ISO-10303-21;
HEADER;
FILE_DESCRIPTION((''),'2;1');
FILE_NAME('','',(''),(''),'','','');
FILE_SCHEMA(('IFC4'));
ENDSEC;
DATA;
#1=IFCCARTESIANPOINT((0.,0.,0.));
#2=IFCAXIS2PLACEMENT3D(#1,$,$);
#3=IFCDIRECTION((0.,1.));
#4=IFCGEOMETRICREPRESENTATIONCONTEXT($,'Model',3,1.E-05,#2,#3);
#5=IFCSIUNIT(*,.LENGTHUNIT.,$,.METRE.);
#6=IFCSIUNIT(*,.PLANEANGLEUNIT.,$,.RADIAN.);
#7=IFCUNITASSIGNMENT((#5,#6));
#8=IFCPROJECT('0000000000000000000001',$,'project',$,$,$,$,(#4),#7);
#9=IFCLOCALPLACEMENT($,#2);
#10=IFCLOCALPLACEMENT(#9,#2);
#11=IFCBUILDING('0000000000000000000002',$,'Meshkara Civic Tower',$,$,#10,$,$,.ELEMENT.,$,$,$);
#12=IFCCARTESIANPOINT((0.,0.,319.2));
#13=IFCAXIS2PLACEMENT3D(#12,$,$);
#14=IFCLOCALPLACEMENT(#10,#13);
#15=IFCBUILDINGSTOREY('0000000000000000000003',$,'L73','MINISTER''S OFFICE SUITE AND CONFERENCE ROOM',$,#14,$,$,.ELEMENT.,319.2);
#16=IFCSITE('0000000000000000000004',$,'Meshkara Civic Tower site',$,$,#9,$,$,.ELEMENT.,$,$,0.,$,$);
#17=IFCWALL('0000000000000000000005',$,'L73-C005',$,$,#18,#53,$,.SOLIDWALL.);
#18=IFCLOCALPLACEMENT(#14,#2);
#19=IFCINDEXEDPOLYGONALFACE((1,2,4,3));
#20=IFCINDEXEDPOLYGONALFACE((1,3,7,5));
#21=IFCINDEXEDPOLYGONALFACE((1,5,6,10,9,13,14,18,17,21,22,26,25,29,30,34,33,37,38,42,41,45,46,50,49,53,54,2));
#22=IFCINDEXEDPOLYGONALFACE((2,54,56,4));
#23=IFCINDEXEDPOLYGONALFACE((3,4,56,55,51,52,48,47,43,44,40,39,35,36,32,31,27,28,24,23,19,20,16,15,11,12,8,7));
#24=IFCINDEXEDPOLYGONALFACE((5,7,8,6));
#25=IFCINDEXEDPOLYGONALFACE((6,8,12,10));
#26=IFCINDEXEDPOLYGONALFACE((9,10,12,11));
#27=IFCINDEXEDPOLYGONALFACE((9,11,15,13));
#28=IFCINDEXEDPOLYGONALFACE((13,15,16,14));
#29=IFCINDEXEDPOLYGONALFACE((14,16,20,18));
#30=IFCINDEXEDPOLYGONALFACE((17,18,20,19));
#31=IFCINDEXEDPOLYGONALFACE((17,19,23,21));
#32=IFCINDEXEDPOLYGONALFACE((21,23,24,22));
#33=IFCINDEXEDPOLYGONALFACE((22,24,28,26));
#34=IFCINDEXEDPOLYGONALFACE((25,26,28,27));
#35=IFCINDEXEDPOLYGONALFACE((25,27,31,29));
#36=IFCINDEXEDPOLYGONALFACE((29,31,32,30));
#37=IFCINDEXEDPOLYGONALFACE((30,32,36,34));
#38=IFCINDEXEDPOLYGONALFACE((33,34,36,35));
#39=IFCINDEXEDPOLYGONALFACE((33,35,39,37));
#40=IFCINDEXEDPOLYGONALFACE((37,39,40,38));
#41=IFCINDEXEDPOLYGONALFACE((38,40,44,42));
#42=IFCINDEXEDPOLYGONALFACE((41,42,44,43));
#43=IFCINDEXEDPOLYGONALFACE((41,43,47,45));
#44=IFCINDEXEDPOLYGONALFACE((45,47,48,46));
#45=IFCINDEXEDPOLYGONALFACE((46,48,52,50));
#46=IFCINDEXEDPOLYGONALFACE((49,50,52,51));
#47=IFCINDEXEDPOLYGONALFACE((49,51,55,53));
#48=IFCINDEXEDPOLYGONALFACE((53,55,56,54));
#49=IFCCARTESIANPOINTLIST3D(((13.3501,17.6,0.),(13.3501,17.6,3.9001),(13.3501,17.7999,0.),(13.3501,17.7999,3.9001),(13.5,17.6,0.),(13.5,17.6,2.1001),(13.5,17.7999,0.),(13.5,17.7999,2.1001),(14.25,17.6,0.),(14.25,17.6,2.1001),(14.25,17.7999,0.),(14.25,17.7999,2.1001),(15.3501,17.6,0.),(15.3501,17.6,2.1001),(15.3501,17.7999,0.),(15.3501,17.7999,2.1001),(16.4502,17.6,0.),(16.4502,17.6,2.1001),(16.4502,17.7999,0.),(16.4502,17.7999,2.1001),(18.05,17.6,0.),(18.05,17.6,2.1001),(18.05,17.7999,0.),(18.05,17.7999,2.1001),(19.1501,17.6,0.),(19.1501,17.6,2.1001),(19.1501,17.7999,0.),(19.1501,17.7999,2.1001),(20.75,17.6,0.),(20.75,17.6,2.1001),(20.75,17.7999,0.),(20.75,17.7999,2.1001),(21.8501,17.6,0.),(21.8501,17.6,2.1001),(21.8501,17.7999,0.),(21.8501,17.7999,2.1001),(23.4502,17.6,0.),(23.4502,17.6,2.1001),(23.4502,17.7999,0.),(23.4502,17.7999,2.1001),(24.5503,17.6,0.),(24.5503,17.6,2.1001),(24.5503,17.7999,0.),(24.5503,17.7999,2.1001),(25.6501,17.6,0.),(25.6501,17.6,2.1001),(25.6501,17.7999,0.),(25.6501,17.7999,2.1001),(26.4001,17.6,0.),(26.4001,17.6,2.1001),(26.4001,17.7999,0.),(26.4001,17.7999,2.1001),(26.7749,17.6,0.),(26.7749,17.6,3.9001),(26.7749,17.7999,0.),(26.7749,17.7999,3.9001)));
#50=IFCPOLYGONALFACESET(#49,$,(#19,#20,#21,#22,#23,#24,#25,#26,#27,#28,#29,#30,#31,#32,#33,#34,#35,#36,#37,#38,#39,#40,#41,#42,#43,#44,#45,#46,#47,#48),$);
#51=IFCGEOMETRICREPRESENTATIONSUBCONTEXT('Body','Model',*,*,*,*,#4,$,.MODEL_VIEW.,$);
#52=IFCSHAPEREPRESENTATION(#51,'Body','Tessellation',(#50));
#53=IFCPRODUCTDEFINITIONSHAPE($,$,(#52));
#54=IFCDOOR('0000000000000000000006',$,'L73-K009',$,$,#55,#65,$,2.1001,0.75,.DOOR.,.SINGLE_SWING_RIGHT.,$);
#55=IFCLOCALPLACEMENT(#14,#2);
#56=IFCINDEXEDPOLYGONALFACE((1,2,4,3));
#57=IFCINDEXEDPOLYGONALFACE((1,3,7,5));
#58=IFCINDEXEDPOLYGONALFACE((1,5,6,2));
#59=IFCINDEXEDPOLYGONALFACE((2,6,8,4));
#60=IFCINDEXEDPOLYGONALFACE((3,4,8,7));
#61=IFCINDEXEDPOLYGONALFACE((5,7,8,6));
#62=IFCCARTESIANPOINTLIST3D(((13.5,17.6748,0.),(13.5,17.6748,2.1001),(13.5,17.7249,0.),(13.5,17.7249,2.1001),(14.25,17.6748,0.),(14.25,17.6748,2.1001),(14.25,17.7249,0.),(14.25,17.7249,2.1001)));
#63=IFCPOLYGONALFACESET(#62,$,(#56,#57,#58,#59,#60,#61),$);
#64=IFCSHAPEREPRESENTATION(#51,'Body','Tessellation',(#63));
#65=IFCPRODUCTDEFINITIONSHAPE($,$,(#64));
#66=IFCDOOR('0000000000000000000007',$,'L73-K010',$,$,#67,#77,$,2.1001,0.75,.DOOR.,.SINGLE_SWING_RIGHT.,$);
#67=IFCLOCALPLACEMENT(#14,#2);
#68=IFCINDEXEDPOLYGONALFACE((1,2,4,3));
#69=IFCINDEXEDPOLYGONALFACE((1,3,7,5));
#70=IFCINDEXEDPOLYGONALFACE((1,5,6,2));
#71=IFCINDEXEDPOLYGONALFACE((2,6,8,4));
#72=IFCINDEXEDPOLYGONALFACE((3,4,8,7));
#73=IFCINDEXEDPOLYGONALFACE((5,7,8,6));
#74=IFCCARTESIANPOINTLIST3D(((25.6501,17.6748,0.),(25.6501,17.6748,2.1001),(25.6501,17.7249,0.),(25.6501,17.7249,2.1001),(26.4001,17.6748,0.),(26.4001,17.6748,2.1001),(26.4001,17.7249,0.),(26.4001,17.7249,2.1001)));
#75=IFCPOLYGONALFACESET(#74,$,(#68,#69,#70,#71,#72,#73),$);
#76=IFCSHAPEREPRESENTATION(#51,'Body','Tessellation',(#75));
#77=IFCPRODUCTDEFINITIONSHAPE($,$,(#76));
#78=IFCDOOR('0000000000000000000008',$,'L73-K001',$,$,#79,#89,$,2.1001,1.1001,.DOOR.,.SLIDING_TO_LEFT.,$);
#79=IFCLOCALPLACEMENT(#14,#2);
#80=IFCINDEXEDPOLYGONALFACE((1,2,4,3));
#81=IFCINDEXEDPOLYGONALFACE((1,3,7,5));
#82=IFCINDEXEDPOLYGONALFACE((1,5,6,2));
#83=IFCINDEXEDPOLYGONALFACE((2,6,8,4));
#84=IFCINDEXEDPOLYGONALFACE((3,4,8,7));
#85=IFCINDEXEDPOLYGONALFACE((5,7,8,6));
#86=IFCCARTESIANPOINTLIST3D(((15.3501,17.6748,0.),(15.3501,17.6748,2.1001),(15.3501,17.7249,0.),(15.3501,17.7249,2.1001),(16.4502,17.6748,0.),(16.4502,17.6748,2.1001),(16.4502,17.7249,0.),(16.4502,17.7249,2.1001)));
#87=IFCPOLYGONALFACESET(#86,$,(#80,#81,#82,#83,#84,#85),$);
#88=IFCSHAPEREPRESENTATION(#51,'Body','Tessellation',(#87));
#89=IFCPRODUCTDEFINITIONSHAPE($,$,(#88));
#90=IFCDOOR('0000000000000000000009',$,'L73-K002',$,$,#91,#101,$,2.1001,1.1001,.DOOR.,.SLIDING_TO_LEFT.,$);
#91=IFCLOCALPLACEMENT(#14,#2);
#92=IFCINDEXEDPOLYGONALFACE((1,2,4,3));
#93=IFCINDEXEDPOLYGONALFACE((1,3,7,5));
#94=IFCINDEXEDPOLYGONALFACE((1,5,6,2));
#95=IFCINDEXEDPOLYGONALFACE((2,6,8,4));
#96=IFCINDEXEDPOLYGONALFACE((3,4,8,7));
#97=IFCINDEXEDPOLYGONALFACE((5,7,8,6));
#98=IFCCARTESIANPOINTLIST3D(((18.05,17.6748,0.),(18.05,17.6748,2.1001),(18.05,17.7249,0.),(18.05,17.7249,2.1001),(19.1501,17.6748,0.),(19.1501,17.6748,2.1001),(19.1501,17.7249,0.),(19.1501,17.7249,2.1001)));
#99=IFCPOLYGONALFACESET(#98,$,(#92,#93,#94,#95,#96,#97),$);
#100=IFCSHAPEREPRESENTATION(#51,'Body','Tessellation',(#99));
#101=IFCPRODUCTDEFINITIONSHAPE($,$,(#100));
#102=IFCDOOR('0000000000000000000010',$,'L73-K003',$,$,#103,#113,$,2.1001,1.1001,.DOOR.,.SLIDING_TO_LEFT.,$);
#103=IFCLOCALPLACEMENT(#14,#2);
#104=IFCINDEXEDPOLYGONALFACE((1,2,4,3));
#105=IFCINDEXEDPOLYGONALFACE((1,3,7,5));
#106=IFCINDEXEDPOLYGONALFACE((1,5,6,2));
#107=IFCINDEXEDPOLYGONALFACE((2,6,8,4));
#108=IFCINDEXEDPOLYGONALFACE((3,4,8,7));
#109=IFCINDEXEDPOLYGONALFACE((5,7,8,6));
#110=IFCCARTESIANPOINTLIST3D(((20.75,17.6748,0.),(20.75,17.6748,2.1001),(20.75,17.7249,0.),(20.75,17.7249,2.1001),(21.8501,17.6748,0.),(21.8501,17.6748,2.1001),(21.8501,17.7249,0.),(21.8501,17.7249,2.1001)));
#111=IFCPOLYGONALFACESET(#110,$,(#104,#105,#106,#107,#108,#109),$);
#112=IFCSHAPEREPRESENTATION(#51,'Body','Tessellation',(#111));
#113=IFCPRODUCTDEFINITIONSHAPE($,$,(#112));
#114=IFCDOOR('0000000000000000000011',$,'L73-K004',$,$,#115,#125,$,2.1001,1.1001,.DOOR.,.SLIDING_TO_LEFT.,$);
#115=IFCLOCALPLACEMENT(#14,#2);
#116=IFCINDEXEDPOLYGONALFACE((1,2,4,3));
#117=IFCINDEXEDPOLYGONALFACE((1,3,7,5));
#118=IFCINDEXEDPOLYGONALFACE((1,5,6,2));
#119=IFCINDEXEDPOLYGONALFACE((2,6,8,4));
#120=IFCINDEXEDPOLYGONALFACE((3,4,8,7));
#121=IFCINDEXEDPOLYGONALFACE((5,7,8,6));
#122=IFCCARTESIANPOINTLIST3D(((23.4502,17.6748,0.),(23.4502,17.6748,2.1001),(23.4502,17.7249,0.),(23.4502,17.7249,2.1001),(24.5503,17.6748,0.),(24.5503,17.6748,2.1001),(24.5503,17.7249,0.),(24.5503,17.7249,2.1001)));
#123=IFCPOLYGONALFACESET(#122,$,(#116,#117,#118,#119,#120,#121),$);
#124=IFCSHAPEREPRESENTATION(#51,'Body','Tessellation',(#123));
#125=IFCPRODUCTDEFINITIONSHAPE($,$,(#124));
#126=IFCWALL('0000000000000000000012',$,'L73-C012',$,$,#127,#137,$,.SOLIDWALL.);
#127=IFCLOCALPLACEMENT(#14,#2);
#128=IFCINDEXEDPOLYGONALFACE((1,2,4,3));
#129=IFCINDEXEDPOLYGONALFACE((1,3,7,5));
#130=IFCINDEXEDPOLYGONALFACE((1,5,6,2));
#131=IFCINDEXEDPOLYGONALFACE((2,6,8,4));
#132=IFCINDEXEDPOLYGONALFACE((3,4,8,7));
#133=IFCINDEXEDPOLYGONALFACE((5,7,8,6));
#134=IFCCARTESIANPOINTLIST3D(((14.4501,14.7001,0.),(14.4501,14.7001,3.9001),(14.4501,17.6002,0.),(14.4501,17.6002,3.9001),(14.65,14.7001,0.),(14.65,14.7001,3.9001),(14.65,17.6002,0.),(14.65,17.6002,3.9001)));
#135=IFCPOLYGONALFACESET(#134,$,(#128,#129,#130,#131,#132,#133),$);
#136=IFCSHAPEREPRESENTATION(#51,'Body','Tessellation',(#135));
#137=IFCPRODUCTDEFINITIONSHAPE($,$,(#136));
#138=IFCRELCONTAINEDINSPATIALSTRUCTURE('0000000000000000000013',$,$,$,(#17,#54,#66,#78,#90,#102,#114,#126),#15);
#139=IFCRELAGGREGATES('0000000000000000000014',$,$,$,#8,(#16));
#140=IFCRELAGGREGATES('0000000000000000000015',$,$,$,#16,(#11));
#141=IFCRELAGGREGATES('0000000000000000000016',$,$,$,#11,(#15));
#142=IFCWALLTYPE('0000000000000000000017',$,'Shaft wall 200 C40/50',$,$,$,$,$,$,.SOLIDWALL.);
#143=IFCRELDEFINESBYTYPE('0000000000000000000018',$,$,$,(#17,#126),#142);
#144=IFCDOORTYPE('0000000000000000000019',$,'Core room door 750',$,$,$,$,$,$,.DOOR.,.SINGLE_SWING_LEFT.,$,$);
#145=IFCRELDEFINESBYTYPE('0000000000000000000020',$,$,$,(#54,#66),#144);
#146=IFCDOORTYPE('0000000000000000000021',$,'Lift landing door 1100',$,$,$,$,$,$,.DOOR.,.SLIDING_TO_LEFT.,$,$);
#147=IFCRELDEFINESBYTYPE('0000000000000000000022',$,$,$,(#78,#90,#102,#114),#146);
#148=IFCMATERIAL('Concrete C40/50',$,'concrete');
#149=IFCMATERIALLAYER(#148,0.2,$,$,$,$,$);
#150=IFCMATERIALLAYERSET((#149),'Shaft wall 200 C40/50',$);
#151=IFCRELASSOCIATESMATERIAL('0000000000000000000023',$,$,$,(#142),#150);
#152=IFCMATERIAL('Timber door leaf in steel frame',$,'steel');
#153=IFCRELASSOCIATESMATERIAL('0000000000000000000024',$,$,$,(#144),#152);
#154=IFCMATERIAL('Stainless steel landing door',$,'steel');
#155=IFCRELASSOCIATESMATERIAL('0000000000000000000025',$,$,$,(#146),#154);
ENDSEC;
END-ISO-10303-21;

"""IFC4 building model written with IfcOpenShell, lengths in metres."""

from ifc_helpers import new_model, si_unit, direction, frame, frame_2d, origin, place, context, subcontext, project, spatial, rectangle, extrude, material, layer, layer_set, type_object, element, fill, save


model = new_model("IFC4")

# Units and contexts
model_context = context("Model", 3, precision=1e-05, world=origin(), true_north=direction((0.0, 1.0)))
body_context = subcontext(model_context, "Body", "Model", "MODEL_VIEW")
ifc_project = project(units=[si_unit("LENGTHUNIT", "METRE"), si_unit("PLANEANGLEUNIT", "RADIAN")], contexts=[model_context])

# Site, building, storey
site_placement = place(None, origin())
site = spatial("IfcSite", under=ifc_project, at=site_placement, Name="Meshkara Civic Tower site", CompositionType="ELEMENT", RefElevation=0.0)
building_placement = place(site_placement, origin())
building = spatial("IfcBuilding", under=site, at=building_placement, Name="Meshkara Civic Tower", CompositionType="ELEMENT")
storey_placement = place(building_placement, frame((0.0, 0.0, 319.2)))
storey = spatial("IfcBuildingStorey", under=building, at=storey_placement, Name="L73", Description="MINISTER'S OFFICE SUITE AND CONFERENCE ROOM", CompositionType="ELEMENT", Elevation=319.2)

# Wall, openings, doors
ifc_material_1 = material(Name="Concrete C40/50", Category="concrete")
ifc_layer_1 = layer(ifc_material_1, 0.2)
ifc_layer_set_1 = layer_set([ifc_layer_1], Name="Shaft wall 200 C40/50")
wall_type_1 = type_object("IfcWallType", Name="Shaft wall 200 C40/50", PredefinedType="SOLIDWALL", material=ifc_layer_set_1)
wall_1_placement = place(storey_placement, frame((13.3501, 17.7, 0.0), z_axis=(0.0, 0.0, 1.0), x_axis=(1.0, 0.0, 0.0)))
wall_1 = element("IfcWall", 1, at=wall_1_placement, inside=storey, type_object=wall_type_1, Name="L73-C005", PredefinedType="SOLIDWALL", context=body_context, shape_type="SweptSolid", body=[
    extrude(rectangle(XDim=13.4248, YDim=0.2, at=frame_2d((6.7124, 0.0))), origin(), (0.0, 0.0, 1.0), 3.9001),
])
opening_1_placement = place(wall_1_placement, frame((2.0, 0.0, 0.0)))
opening_1 = element("IfcOpeningElement", 2, at=opening_1_placement, cuts=wall_1, PredefinedType="OPENING", context=body_context, shape_type="SweptSolid", body=[
    extrude(rectangle(XDim=1.1001, YDim=2.1001, at=frame_2d((0.55, 1.05))), frame((0.0, 0.1099, 0.0), z_axis=(0.0, -1.0, 0.0), x_axis=(1.0, 0.0, 0.0)), (0.0, 0.0, 1.0), 0.22),
])
opening_2_placement = place(wall_1_placement, frame((4.7, 0.0, 0.0)))
opening_2 = element("IfcOpeningElement", 3, at=opening_2_placement, cuts=wall_1, PredefinedType="OPENING", context=body_context, shape_type="SweptSolid", body=[
    extrude(rectangle(XDim=1.1001, YDim=2.1001, at=frame_2d((0.55, 1.05))), frame((0.0, 0.1099, 0.0), z_axis=(0.0, -1.0, 0.0), x_axis=(1.0, 0.0, 0.0)), (0.0, 0.0, 1.0), 0.22),
])
opening_3_placement = place(wall_1_placement, frame((7.3999, 0.0, 0.0)))
opening_3 = element("IfcOpeningElement", 4, at=opening_3_placement, cuts=wall_1, PredefinedType="OPENING", context=body_context, shape_type="SweptSolid", body=[
    extrude(rectangle(XDim=1.1001, YDim=2.1001, at=frame_2d((0.55, 1.05))), frame((0.0, 0.1099, 0.0), z_axis=(0.0, -1.0, 0.0), x_axis=(1.0, 0.0, 0.0)), (0.0, 0.0, 1.0), 0.22),
])
opening_4_placement = place(wall_1_placement, frame((10.1001, 0.0, 0.0)))
opening_4 = element("IfcOpeningElement", 5, at=opening_4_placement, cuts=wall_1, PredefinedType="OPENING", context=body_context, shape_type="SweptSolid", body=[
    extrude(rectangle(XDim=1.1001, YDim=2.1001, at=frame_2d((0.55, 1.05))), frame((0.0, 0.1099, 0.0), z_axis=(0.0, -1.0, 0.0), x_axis=(1.0, 0.0, 0.0)), (0.0, 0.0, 1.0), 0.22),
])
opening_5_placement = place(wall_1_placement, frame((0.1499, 0.0, 0.0)))
opening_5 = element("IfcOpeningElement", 6, at=opening_5_placement, cuts=wall_1, PredefinedType="OPENING", context=body_context, shape_type="SweptSolid", body=[
    extrude(rectangle(XDim=0.75, YDim=2.1001, at=frame_2d((0.375, 1.05))), frame((0.0, 0.1099, 0.0), z_axis=(0.0, -1.0, 0.0), x_axis=(1.0, 0.0, 0.0)), (0.0, 0.0, 1.0), 0.22),
])
opening_6_placement = place(wall_1_placement, frame((12.3, 0.0, 0.0)))
opening_6 = element("IfcOpeningElement", 7, at=opening_6_placement, cuts=wall_1, PredefinedType="OPENING", context=body_context, shape_type="SweptSolid", body=[
    extrude(rectangle(XDim=0.75, YDim=2.1001, at=frame_2d((0.375, 1.05))), frame((0.0, 0.1099, 0.0), z_axis=(0.0, -1.0, 0.0), x_axis=(1.0, 0.0, 0.0)), (0.0, 0.0, 1.0), 0.22),
])
ifc_material_2 = material(Name="Timber door leaf in steel frame", Category="steel")
door_type_1 = type_object("IfcDoorType", Name="Core room door 750", OperationType="SINGLE_SWING_LEFT", PredefinedType="DOOR", material=ifc_material_2)
door_1_placement = place(opening_5_placement, origin())
door_1 = element("IfcDoor", 8, at=door_1_placement, inside=storey, type_object=door_type_1, Name="L73-K009", OperationType="SINGLE_SWING_RIGHT", OverallHeight=2.1001, OverallWidth=0.75, PredefinedType="DOOR", context=body_context, shape_type="SweptSolid", body=[
    extrude(rectangle(XDim=0.75, YDim=2.1001, at=frame_2d((0.375, 1.05))), frame((0.0, 0.0249, 0.0), z_axis=(0.0, -1.0, 0.0), x_axis=(1.0, 0.0, 0.0)), (0.0, 0.0, 1.0), 0.05),
])
fill(opening_5, door_1)
door_2_placement = place(opening_6_placement, origin())
door_2 = element("IfcDoor", 9, at=door_2_placement, inside=storey, type_object=door_type_1, Name="L73-K010", OperationType="SINGLE_SWING_RIGHT", OverallHeight=2.1001, OverallWidth=0.75, PredefinedType="DOOR", context=body_context, shape_type="SweptSolid", body=[
    extrude(rectangle(XDim=0.75, YDim=2.1001, at=frame_2d((0.375, 1.05))), frame((0.0, 0.0249, 0.0), z_axis=(0.0, -1.0, 0.0), x_axis=(1.0, 0.0, 0.0)), (0.0, 0.0, 1.0), 0.05),
])
fill(opening_6, door_2)
ifc_material_3 = material(Name="Stainless steel landing door", Category="steel")
door_type_2 = type_object("IfcDoorType", Name="Lift landing door 1100", OperationType="SLIDING_TO_LEFT", PredefinedType="DOOR", material=ifc_material_3)
door_3_placement = place(opening_1_placement, origin())
door_3 = element("IfcDoor", 10, at=door_3_placement, inside=storey, type_object=door_type_2, Name="L73-K001", OperationType="SLIDING_TO_LEFT", OverallHeight=2.1001, OverallWidth=1.1001, PredefinedType="DOOR", context=body_context, shape_type="SweptSolid", body=[
    extrude(rectangle(XDim=1.1001, YDim=2.1001, at=frame_2d((0.55, 1.05))), frame((0.0, 0.0249, 0.0), z_axis=(0.0, -1.0, 0.0), x_axis=(1.0, 0.0, 0.0)), (0.0, 0.0, 1.0), 0.05),
])
fill(opening_1, door_3)
door_4_placement = place(opening_2_placement, origin())
door_4 = element("IfcDoor", 11, at=door_4_placement, inside=storey, type_object=door_type_2, Name="L73-K002", OperationType="SLIDING_TO_LEFT", OverallHeight=2.1001, OverallWidth=1.1001, PredefinedType="DOOR", context=body_context, shape_type="SweptSolid", body=[
    extrude(rectangle(XDim=1.1001, YDim=2.1001, at=frame_2d((0.55, 1.05))), frame((0.0, 0.0249, 0.0), z_axis=(0.0, -1.0, 0.0), x_axis=(1.0, 0.0, 0.0)), (0.0, 0.0, 1.0), 0.05),
])
fill(opening_2, door_4)
door_5_placement = place(opening_3_placement, origin())
door_5 = element("IfcDoor", 12, at=door_5_placement, inside=storey, type_object=door_type_2, Name="L73-K003", OperationType="SLIDING_TO_LEFT", OverallHeight=2.1001, OverallWidth=1.1001, PredefinedType="DOOR", context=body_context, shape_type="SweptSolid", body=[
    extrude(rectangle(XDim=1.1001, YDim=2.1001, at=frame_2d((0.55, 1.05))), frame((0.0, 0.0249, 0.0), z_axis=(0.0, -1.0, 0.0), x_axis=(1.0, 0.0, 0.0)), (0.0, 0.0, 1.0), 0.05),
])
fill(opening_3, door_5)
door_6_placement = place(opening_4_placement, origin())
door_6 = element("IfcDoor", 13, at=door_6_placement, inside=storey, type_object=door_type_2, Name="L73-K004", OperationType="SLIDING_TO_LEFT", OverallHeight=2.1001, OverallWidth=1.1001, PredefinedType="DOOR", context=body_context, shape_type="SweptSolid", body=[
    extrude(rectangle(XDim=1.1001, YDim=2.1001, at=frame_2d((0.55, 1.05))), frame((0.0, 0.0249, 0.0), z_axis=(0.0, -1.0, 0.0), x_axis=(1.0, 0.0, 0.0)), (0.0, 0.0, 1.0), 0.05),
])
fill(opening_4, door_6)

# Wall
wall_2_placement = place(storey_placement, frame((14.55, 14.7, 0.0), z_axis=(0.0, 0.0, 1.0), x_axis=(0.0, 1.0, 0.0)))
element("IfcWall", 14, at=wall_2_placement, inside=storey, type_object=wall_type_1, Name="L73-C012", PredefinedType="SOLIDWALL", context=body_context, shape_type="SweptSolid", body=[
    extrude(rectangle(XDim=2.9001, YDim=0.2, at=frame_2d((1.4502, 0.0))), origin(), (0.0, 0.0, 1.0), 3.9001),
])

save(model, "model.ifc")
